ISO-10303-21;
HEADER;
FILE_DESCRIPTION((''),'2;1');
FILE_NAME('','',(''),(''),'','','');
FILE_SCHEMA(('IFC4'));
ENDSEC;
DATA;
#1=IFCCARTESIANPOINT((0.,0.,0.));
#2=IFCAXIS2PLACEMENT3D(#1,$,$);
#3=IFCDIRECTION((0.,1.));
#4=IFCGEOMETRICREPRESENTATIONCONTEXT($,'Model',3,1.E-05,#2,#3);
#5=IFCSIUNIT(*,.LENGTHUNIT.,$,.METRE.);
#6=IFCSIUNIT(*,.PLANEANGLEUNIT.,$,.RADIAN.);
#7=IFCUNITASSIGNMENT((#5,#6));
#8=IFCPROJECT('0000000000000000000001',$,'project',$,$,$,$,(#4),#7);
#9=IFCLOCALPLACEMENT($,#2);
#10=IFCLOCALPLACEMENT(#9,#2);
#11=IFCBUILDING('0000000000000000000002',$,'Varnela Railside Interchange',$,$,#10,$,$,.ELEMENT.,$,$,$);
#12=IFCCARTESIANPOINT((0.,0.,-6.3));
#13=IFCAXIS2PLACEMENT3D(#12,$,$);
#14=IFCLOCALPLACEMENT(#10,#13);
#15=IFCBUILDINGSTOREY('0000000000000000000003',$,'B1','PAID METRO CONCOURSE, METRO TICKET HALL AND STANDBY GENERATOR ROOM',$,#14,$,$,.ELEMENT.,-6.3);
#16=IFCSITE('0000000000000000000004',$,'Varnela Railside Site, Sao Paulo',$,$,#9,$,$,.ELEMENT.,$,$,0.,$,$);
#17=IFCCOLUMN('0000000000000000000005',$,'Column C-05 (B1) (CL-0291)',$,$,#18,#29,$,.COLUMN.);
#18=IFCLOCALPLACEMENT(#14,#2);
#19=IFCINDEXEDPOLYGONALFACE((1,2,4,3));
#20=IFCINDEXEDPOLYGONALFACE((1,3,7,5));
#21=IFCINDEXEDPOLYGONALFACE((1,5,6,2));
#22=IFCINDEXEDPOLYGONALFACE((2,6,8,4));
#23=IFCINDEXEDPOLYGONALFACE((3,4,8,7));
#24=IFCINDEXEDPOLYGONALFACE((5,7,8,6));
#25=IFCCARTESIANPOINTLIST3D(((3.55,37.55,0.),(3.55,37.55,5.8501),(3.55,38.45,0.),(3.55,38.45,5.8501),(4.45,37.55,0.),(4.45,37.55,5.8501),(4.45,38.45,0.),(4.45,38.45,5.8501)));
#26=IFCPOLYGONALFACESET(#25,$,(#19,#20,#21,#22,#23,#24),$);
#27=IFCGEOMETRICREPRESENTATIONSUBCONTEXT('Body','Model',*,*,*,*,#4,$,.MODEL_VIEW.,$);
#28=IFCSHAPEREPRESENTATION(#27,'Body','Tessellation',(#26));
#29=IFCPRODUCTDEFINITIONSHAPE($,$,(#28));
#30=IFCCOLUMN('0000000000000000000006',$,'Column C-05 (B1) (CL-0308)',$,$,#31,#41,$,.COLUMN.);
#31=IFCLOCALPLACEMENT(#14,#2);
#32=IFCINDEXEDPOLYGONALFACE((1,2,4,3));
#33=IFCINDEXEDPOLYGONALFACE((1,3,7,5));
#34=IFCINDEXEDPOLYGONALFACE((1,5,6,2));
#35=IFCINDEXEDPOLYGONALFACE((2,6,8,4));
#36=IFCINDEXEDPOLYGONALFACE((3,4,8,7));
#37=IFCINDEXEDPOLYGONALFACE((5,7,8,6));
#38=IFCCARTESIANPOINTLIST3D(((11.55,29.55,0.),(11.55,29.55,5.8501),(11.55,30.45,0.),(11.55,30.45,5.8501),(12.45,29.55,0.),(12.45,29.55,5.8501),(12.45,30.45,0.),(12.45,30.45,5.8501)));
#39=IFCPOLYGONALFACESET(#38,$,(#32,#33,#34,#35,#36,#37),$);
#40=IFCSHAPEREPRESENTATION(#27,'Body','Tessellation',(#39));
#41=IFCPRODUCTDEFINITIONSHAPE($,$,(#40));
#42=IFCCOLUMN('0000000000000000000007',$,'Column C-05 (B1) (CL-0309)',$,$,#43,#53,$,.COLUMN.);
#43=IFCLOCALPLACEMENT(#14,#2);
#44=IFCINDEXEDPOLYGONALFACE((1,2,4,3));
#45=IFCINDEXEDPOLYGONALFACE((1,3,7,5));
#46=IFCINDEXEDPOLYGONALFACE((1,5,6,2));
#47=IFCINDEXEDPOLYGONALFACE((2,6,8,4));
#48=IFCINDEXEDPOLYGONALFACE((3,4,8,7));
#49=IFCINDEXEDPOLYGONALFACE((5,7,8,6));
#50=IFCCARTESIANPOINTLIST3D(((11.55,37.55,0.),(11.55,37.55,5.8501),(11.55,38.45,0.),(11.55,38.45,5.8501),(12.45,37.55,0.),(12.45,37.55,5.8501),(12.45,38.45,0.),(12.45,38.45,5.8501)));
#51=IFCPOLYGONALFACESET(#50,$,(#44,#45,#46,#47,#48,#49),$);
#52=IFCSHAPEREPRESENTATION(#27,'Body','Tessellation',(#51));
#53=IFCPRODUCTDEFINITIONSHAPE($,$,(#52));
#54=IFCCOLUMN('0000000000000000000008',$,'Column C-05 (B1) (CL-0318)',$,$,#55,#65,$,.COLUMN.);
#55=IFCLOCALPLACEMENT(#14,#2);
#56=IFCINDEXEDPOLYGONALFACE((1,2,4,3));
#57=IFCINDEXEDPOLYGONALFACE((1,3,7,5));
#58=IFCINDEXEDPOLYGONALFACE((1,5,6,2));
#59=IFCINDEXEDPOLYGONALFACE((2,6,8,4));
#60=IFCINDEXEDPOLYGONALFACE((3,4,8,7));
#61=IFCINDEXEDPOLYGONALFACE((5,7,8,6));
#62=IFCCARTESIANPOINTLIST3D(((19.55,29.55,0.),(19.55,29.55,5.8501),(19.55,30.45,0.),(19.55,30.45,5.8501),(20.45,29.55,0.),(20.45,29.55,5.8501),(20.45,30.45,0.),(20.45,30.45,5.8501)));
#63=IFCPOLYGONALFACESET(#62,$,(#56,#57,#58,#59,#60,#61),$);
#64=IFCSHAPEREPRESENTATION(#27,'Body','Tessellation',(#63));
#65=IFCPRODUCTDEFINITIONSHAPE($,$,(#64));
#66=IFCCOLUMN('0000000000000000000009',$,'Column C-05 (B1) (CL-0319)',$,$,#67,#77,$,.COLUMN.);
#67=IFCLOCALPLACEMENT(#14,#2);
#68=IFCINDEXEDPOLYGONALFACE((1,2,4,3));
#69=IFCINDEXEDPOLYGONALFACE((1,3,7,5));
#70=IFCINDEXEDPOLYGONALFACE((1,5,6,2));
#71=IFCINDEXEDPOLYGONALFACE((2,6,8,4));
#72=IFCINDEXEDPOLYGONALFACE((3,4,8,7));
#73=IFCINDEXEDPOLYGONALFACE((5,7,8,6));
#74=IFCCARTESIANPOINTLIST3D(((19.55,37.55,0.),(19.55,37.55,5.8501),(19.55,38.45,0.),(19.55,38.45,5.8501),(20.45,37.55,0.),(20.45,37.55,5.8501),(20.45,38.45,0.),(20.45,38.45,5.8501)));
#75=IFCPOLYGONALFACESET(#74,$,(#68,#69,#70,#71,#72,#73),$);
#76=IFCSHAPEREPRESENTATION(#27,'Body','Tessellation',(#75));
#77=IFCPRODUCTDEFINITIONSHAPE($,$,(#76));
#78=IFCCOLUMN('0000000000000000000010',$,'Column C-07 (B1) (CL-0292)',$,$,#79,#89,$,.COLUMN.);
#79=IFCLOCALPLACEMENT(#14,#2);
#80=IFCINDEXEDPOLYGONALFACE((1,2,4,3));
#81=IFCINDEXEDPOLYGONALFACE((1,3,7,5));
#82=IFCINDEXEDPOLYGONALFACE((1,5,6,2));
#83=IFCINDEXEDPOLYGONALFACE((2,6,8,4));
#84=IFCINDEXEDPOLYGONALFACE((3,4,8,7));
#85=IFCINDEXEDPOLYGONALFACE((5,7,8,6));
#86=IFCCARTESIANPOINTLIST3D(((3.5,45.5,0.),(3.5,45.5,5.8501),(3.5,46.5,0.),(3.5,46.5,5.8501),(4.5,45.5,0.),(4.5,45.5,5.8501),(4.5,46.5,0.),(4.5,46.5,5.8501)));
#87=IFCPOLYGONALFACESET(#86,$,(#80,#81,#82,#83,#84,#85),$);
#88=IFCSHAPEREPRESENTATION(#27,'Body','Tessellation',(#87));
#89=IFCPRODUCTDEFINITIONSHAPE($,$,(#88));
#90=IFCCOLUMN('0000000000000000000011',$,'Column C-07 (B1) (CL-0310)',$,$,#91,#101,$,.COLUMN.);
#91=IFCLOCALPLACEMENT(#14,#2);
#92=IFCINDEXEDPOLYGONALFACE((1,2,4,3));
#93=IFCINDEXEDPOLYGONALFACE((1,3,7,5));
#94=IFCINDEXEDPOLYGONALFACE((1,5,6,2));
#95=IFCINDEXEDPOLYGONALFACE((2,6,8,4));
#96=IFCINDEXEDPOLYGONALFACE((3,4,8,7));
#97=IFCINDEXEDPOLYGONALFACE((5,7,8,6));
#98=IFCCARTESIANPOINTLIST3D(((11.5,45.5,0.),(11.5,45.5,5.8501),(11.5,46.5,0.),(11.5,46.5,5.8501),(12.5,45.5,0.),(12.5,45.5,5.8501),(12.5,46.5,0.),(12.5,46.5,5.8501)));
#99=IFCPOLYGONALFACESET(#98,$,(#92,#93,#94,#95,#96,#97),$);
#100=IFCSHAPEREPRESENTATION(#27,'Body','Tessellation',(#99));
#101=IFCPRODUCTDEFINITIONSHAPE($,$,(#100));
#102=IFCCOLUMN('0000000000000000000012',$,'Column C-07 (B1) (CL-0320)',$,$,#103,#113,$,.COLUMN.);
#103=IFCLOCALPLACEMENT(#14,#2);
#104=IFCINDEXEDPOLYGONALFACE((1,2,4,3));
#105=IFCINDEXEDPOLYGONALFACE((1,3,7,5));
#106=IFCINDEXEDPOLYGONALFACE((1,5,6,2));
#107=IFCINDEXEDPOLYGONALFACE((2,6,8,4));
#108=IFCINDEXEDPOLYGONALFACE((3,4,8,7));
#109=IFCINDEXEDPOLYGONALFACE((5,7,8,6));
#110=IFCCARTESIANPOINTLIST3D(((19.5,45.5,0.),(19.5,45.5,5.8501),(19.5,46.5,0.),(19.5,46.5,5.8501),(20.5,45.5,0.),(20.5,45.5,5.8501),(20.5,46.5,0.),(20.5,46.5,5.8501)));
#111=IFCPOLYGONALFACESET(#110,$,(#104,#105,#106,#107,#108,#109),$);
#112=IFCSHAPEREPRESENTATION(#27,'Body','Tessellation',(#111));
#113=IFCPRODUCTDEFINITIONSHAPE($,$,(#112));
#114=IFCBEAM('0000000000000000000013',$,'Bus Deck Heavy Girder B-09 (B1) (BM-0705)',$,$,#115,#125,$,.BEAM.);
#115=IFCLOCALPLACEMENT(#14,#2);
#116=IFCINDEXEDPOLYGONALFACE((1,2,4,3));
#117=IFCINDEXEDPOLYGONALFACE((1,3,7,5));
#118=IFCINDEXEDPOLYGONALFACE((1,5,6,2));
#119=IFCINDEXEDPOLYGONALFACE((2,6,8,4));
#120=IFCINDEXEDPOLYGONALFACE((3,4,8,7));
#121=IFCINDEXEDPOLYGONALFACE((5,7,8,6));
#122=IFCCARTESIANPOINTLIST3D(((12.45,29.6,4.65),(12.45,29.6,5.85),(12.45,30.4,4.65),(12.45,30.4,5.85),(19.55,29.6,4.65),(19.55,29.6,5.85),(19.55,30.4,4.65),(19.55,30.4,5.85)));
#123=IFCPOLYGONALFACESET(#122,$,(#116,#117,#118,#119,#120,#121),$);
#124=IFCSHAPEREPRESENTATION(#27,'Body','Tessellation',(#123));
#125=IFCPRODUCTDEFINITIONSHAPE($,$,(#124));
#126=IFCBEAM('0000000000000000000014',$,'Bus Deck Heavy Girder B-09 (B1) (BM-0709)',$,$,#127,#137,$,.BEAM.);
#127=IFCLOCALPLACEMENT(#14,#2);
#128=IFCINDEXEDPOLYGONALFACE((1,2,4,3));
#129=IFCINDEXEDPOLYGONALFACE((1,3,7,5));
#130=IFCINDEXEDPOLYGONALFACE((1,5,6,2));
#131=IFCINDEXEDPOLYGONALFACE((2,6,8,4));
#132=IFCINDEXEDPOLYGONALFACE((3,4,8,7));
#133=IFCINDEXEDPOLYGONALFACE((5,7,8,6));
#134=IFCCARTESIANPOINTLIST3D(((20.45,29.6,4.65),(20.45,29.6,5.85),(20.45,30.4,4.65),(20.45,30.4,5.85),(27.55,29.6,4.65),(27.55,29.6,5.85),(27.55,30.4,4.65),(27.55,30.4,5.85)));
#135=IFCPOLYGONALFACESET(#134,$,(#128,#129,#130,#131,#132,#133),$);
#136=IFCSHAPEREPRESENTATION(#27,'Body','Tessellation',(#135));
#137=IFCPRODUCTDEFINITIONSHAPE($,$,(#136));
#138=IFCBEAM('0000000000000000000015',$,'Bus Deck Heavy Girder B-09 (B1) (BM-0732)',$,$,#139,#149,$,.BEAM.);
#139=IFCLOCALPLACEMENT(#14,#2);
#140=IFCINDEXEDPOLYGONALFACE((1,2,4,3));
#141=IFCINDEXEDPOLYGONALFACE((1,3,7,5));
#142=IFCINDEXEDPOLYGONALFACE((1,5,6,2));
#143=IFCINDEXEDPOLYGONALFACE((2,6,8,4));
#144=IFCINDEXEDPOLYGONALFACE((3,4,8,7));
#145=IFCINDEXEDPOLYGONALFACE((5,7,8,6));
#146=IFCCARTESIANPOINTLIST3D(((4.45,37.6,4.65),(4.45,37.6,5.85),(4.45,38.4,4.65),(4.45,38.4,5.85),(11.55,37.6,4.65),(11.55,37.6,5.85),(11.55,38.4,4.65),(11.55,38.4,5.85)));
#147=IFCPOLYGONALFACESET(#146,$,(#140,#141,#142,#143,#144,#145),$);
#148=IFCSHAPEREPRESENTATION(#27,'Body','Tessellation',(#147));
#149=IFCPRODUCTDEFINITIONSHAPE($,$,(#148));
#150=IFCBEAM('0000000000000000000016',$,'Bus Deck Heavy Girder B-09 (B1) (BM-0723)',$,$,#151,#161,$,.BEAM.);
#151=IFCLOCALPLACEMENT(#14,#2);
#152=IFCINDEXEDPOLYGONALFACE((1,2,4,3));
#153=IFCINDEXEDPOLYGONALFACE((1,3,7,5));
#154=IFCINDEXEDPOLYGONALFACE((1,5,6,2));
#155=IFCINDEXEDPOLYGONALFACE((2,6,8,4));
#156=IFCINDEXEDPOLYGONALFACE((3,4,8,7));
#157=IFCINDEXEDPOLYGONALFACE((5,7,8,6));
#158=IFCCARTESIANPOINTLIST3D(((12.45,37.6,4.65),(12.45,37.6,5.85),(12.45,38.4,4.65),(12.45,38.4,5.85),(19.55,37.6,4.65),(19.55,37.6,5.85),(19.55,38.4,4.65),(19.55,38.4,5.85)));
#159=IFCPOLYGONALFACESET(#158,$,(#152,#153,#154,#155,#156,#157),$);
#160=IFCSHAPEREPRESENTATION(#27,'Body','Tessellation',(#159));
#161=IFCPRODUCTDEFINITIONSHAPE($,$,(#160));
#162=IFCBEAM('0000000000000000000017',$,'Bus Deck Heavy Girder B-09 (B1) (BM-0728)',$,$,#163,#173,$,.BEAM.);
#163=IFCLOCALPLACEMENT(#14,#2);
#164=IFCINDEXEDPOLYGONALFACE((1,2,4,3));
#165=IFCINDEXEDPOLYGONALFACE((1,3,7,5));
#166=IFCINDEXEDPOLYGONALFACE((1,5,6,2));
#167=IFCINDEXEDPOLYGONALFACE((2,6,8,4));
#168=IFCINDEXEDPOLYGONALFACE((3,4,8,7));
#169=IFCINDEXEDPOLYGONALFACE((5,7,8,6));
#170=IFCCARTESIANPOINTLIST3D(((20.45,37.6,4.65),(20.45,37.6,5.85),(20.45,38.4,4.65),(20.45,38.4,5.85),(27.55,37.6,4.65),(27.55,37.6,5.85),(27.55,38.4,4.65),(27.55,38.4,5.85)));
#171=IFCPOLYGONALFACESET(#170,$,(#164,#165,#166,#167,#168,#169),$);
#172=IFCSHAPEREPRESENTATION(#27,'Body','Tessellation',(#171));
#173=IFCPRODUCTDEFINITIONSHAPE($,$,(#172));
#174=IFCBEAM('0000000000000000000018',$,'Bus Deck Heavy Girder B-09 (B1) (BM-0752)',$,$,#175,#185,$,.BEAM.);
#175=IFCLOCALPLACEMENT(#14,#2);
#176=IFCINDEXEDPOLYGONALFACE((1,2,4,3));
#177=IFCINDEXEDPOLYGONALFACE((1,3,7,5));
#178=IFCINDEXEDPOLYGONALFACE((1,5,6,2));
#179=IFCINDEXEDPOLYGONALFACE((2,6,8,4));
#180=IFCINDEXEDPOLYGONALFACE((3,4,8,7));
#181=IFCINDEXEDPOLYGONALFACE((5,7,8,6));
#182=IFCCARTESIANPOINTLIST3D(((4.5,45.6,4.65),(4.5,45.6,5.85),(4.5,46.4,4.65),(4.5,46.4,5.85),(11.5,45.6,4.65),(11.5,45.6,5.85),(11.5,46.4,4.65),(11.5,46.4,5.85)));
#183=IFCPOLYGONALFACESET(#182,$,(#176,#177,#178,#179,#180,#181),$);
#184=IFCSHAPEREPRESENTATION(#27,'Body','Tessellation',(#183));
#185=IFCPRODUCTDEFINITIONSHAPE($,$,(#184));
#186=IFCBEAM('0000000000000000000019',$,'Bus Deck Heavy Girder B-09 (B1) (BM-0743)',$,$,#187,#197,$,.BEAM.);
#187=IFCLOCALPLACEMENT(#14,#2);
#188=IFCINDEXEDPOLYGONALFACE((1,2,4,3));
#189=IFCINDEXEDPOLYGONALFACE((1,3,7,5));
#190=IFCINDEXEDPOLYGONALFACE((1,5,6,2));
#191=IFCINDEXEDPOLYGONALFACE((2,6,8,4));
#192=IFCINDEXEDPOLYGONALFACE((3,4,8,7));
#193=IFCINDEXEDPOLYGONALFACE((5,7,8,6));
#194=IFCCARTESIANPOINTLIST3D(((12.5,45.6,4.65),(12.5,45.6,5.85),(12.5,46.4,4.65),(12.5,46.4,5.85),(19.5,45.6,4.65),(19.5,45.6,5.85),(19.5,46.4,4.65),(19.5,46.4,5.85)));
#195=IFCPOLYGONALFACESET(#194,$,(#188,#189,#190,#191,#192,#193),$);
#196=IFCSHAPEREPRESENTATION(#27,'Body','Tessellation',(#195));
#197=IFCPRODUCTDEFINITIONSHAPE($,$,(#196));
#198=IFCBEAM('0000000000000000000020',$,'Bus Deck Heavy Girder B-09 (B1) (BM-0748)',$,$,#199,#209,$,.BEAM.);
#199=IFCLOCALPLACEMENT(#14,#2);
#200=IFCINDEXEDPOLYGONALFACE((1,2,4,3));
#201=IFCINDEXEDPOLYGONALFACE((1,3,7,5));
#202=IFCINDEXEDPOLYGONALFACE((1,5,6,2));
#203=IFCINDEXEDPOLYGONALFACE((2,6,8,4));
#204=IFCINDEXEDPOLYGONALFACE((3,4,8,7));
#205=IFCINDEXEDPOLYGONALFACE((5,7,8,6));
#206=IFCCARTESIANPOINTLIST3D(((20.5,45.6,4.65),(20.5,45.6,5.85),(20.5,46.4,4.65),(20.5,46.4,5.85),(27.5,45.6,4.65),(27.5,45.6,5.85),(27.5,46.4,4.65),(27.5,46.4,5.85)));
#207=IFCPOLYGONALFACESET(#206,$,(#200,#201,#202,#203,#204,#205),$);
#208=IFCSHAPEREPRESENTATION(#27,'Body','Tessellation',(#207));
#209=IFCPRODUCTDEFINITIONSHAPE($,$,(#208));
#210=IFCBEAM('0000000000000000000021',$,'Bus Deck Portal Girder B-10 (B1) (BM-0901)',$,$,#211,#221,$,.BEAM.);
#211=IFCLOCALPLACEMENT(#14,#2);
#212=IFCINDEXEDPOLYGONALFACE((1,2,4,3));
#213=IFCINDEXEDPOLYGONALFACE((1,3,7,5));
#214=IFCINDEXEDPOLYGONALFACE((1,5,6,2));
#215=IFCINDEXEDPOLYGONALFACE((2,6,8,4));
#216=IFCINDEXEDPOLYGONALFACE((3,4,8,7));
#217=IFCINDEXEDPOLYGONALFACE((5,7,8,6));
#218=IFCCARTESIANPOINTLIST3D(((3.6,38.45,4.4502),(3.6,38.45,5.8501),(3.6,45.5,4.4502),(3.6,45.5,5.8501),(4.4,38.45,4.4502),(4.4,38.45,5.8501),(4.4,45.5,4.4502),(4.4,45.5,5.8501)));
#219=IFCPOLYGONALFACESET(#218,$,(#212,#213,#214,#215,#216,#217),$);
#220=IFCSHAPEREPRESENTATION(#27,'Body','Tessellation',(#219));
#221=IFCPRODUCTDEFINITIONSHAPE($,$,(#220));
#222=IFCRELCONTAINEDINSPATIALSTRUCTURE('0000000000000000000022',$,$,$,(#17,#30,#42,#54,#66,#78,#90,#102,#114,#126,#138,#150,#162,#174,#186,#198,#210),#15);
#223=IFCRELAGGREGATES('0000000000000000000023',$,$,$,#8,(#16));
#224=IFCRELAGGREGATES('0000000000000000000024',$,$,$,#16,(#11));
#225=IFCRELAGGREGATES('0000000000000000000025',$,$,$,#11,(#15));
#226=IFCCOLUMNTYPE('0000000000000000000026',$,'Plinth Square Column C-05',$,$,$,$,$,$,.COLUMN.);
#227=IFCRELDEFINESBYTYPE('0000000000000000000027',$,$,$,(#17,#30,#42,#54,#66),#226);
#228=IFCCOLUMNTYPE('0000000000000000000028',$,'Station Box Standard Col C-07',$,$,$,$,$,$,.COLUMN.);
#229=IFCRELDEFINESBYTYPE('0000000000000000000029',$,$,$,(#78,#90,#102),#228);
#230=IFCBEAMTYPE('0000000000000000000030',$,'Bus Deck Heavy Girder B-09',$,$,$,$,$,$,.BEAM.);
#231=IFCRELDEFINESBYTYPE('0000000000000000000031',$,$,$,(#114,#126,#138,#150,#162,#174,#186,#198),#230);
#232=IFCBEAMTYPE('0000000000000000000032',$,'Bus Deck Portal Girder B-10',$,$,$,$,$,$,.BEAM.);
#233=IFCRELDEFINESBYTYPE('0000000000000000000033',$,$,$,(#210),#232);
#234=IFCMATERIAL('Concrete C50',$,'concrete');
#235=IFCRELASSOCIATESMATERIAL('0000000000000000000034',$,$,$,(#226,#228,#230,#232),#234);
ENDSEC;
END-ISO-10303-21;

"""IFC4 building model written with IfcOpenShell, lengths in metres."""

from ifc_helpers import new_model, si_unit, direction, frame, origin, origin_2d, place, context, subcontext, project, spatial, rectangle, extrude, material, material_profile, profile_set, type_object, element, save


model = new_model("IFC4")

# Units and contexts
model_context = context("Model", 3, precision=1e-05, world=origin(), true_north=direction((0.0, 1.0)))
body_context = subcontext(model_context, "Body", "Model", "MODEL_VIEW")
ifc_project = project(units=[si_unit("LENGTHUNIT", "METRE"), si_unit("PLANEANGLEUNIT", "RADIAN")], contexts=[model_context])

# Site, building, storey
site_placement = place(None, origin())
site = spatial("IfcSite", under=ifc_project, at=site_placement, Name="Varnela Railside Site, Sao Paulo", CompositionType="ELEMENT", RefElevation=0.0)
building_placement = place(site_placement, origin())
building = spatial("IfcBuilding", under=site, at=building_placement, Name="Varnela Railside Interchange", CompositionType="ELEMENT")
storey_placement = place(building_placement, frame((0.0, 0.0, -6.3)))
storey = spatial("IfcBuildingStorey", under=building, at=storey_placement, Name="B1", Description="PAID METRO CONCOURSE, METRO TICKET HALL AND STANDBY GENERATOR ROOM", CompositionType="ELEMENT", Elevation=-6.3)

# Columns
ifc_material_1 = material(Name="Concrete C50", Category="concrete")
ifc_material_profile_1 = material_profile(ifc_material_1, rectangle(XDim=0.8999, YDim=0.8999, at=origin_2d()), Name="RC 900x900")
ifc_profile_set_1 = profile_set([ifc_material_profile_1], Name="Concrete C50")
column_type_1 = type_object("IfcColumnType", Name="Plinth Square Column C-05", PredefinedType="COLUMN", material=ifc_profile_set_1)
for number, where, z_axis, x_axis, name in (
    (1, (4.0, 38.0, 0.0), (0.0, 0.0, 1.0), (1.0, 0.0, 0.0), "Column C-05 (B1) (CL-0291)"),
    (2, (12.0, 30.0, 0.0), (0.0, 0.0, 1.0), (1.0, 0.0, 0.0), "Column C-05 (B1) (CL-0308)"),
    (3, (12.0, 38.0, 0.0), (0.0, 0.0, 1.0), (1.0, 0.0, 0.0), "Column C-05 (B1) (CL-0309)"),
    (4, (20.0, 30.0, 0.0), (0.0, 0.0, 1.0), (1.0, 0.0, 0.0), "Column C-05 (B1) (CL-0318)"),
    (5, (20.0, 38.0, 0.0), (0.0, 0.0, 1.0), (1.0, 0.0, 0.0), "Column C-05 (B1) (CL-0319)"),
):
    element("IfcColumn", number, at=place(storey_placement, frame(where, z_axis=z_axis, x_axis=x_axis)), inside=storey, type_object=column_type_1, Name=name, PredefinedType="COLUMN", context=body_context, shape_type="SweptSolid", body=[
        extrude(rectangle(XDim=0.8999, YDim=0.8999, at=origin_2d()), origin(), (0.0, 0.0, 1.0), 5.8501),
    ])
ifc_material_profile_2 = material_profile(ifc_material_1, rectangle(XDim=1.0, YDim=1.0, at=origin_2d()), Name="RC 1000x1000")
ifc_profile_set_2 = profile_set([ifc_material_profile_2], Name="Concrete C50")
column_type_2 = type_object("IfcColumnType", Name="Station Box Standard Col C-07", PredefinedType="COLUMN", material=ifc_profile_set_2)
for number, where, z_axis, x_axis, name in (
    (6, (4.0, 46.0, 0.0), (0.0, 0.0, 1.0), (1.0, 0.0, 0.0), "Column C-07 (B1) (CL-0292)"),
    (7, (12.0, 46.0, 0.0), (0.0, 0.0, 1.0), (1.0, 0.0, 0.0), "Column C-07 (B1) (CL-0310)"),
    (8, (20.0, 46.0, 0.0), (0.0, 0.0, 1.0), (1.0, 0.0, 0.0), "Column C-07 (B1) (CL-0320)"),
):
    element("IfcColumn", number, at=place(storey_placement, frame(where, z_axis=z_axis, x_axis=x_axis)), inside=storey, type_object=column_type_2, Name=name, PredefinedType="COLUMN", context=body_context, shape_type="SweptSolid", body=[
        extrude(rectangle(XDim=1.0, YDim=1.0, at=origin_2d()), origin(), (0.0, 0.0, 1.0), 5.8501),
    ])

# Beams
ifc_material_profile_3 = material_profile(ifc_material_1, rectangle(XDim=0.8, YDim=1.2, at=origin_2d()), Name="RC 800x1200")
ifc_profile_set_3 = profile_set([ifc_material_profile_3], Name="Concrete C50")
beam_type_1 = type_object("IfcBeamType", Name="Bus Deck Heavy Girder B-09", PredefinedType="BEAM", material=ifc_profile_set_3)
for number, where, z_axis, x_axis, name in (
    (9, (12.45, 30.0, 5.25), (1.0, 0.0, 0.0), (0.0, 1.0, 0.0), "Bus Deck Heavy Girder B-09 (B1) (BM-0705)"),
    (10, (20.45, 30.0, 5.25), (1.0, 0.0, 0.0), (0.0, 1.0, 0.0), "Bus Deck Heavy Girder B-09 (B1) (BM-0709)"),
    (11, (4.45, 38.0, 5.25), (1.0, 0.0, 0.0), (0.0, 1.0, 0.0), "Bus Deck Heavy Girder B-09 (B1) (BM-0732)"),
    (12, (12.45, 38.0, 5.25), (1.0, 0.0, 0.0), (0.0, 1.0, 0.0), "Bus Deck Heavy Girder B-09 (B1) (BM-0723)"),
    (13, (20.45, 38.0, 5.25), (1.0, 0.0, 0.0), (0.0, 1.0, 0.0), "Bus Deck Heavy Girder B-09 (B1) (BM-0728)"),
):
    element("IfcBeam", number, at=place(storey_placement, frame(where, z_axis=z_axis, x_axis=x_axis)), inside=storey, type_object=beam_type_1, Name=name, PredefinedType="BEAM", context=body_context, shape_type="SweptSolid", body=[
        extrude(rectangle(XDim=0.8, YDim=1.2, at=origin_2d()), origin(), (0.0, 0.0, 1.0), 7.1001),
    ])
for number, where, z_axis, x_axis, name in (
    (14, (4.5, 46.0, 5.25), (1.0, 0.0, 0.0), (0.0, 1.0, 0.0), "Bus Deck Heavy Girder B-09 (B1) (BM-0752)"),
    (15, (12.5, 46.0, 5.25), (1.0, 0.0, 0.0), (0.0, 1.0, 0.0), "Bus Deck Heavy Girder B-09 (B1) (BM-0743)"),
    (16, (20.5, 46.0, 5.25), (1.0, 0.0, 0.0), (0.0, 1.0, 0.0), "Bus Deck Heavy Girder B-09 (B1) (BM-0748)"),
):
    element("IfcBeam", number, at=place(storey_placement, frame(where, z_axis=z_axis, x_axis=x_axis)), inside=storey, type_object=beam_type_1, Name=name, PredefinedType="BEAM", context=body_context, shape_type="SweptSolid", body=[
        extrude(rectangle(XDim=0.8, YDim=1.2, at=origin_2d()), origin(), (0.0, 0.0, 1.0), 7.0),
    ])
ifc_material_profile_4 = material_profile(ifc_material_1, rectangle(XDim=0.8, YDim=1.3999, at=origin_2d()), Name="RC 800x1400")
ifc_profile_set_4 = profile_set([ifc_material_profile_4], Name="Concrete C50")
beam_type_2 = type_object("IfcBeamType", Name="Bus Deck Portal Girder B-10", PredefinedType="BEAM", material=ifc_profile_set_4)
beam_1_placement = place(storey_placement, frame((4.0, 38.45, 5.1501), z_axis=(0.0, 1.0, 0.0), x_axis=(-1.0, 0.0, 0.0)))
element("IfcBeam", 17, at=beam_1_placement, inside=storey, type_object=beam_type_2, Name="Bus Deck Portal Girder B-10 (B1) (BM-0901)", PredefinedType="BEAM", context=body_context, shape_type="SweptSolid", body=[
    extrude(rectangle(XDim=0.8, YDim=1.3999, at=origin_2d()), origin(), (0.0, 0.0, 1.0), 7.05),
])

save(model, "model.ifc")
